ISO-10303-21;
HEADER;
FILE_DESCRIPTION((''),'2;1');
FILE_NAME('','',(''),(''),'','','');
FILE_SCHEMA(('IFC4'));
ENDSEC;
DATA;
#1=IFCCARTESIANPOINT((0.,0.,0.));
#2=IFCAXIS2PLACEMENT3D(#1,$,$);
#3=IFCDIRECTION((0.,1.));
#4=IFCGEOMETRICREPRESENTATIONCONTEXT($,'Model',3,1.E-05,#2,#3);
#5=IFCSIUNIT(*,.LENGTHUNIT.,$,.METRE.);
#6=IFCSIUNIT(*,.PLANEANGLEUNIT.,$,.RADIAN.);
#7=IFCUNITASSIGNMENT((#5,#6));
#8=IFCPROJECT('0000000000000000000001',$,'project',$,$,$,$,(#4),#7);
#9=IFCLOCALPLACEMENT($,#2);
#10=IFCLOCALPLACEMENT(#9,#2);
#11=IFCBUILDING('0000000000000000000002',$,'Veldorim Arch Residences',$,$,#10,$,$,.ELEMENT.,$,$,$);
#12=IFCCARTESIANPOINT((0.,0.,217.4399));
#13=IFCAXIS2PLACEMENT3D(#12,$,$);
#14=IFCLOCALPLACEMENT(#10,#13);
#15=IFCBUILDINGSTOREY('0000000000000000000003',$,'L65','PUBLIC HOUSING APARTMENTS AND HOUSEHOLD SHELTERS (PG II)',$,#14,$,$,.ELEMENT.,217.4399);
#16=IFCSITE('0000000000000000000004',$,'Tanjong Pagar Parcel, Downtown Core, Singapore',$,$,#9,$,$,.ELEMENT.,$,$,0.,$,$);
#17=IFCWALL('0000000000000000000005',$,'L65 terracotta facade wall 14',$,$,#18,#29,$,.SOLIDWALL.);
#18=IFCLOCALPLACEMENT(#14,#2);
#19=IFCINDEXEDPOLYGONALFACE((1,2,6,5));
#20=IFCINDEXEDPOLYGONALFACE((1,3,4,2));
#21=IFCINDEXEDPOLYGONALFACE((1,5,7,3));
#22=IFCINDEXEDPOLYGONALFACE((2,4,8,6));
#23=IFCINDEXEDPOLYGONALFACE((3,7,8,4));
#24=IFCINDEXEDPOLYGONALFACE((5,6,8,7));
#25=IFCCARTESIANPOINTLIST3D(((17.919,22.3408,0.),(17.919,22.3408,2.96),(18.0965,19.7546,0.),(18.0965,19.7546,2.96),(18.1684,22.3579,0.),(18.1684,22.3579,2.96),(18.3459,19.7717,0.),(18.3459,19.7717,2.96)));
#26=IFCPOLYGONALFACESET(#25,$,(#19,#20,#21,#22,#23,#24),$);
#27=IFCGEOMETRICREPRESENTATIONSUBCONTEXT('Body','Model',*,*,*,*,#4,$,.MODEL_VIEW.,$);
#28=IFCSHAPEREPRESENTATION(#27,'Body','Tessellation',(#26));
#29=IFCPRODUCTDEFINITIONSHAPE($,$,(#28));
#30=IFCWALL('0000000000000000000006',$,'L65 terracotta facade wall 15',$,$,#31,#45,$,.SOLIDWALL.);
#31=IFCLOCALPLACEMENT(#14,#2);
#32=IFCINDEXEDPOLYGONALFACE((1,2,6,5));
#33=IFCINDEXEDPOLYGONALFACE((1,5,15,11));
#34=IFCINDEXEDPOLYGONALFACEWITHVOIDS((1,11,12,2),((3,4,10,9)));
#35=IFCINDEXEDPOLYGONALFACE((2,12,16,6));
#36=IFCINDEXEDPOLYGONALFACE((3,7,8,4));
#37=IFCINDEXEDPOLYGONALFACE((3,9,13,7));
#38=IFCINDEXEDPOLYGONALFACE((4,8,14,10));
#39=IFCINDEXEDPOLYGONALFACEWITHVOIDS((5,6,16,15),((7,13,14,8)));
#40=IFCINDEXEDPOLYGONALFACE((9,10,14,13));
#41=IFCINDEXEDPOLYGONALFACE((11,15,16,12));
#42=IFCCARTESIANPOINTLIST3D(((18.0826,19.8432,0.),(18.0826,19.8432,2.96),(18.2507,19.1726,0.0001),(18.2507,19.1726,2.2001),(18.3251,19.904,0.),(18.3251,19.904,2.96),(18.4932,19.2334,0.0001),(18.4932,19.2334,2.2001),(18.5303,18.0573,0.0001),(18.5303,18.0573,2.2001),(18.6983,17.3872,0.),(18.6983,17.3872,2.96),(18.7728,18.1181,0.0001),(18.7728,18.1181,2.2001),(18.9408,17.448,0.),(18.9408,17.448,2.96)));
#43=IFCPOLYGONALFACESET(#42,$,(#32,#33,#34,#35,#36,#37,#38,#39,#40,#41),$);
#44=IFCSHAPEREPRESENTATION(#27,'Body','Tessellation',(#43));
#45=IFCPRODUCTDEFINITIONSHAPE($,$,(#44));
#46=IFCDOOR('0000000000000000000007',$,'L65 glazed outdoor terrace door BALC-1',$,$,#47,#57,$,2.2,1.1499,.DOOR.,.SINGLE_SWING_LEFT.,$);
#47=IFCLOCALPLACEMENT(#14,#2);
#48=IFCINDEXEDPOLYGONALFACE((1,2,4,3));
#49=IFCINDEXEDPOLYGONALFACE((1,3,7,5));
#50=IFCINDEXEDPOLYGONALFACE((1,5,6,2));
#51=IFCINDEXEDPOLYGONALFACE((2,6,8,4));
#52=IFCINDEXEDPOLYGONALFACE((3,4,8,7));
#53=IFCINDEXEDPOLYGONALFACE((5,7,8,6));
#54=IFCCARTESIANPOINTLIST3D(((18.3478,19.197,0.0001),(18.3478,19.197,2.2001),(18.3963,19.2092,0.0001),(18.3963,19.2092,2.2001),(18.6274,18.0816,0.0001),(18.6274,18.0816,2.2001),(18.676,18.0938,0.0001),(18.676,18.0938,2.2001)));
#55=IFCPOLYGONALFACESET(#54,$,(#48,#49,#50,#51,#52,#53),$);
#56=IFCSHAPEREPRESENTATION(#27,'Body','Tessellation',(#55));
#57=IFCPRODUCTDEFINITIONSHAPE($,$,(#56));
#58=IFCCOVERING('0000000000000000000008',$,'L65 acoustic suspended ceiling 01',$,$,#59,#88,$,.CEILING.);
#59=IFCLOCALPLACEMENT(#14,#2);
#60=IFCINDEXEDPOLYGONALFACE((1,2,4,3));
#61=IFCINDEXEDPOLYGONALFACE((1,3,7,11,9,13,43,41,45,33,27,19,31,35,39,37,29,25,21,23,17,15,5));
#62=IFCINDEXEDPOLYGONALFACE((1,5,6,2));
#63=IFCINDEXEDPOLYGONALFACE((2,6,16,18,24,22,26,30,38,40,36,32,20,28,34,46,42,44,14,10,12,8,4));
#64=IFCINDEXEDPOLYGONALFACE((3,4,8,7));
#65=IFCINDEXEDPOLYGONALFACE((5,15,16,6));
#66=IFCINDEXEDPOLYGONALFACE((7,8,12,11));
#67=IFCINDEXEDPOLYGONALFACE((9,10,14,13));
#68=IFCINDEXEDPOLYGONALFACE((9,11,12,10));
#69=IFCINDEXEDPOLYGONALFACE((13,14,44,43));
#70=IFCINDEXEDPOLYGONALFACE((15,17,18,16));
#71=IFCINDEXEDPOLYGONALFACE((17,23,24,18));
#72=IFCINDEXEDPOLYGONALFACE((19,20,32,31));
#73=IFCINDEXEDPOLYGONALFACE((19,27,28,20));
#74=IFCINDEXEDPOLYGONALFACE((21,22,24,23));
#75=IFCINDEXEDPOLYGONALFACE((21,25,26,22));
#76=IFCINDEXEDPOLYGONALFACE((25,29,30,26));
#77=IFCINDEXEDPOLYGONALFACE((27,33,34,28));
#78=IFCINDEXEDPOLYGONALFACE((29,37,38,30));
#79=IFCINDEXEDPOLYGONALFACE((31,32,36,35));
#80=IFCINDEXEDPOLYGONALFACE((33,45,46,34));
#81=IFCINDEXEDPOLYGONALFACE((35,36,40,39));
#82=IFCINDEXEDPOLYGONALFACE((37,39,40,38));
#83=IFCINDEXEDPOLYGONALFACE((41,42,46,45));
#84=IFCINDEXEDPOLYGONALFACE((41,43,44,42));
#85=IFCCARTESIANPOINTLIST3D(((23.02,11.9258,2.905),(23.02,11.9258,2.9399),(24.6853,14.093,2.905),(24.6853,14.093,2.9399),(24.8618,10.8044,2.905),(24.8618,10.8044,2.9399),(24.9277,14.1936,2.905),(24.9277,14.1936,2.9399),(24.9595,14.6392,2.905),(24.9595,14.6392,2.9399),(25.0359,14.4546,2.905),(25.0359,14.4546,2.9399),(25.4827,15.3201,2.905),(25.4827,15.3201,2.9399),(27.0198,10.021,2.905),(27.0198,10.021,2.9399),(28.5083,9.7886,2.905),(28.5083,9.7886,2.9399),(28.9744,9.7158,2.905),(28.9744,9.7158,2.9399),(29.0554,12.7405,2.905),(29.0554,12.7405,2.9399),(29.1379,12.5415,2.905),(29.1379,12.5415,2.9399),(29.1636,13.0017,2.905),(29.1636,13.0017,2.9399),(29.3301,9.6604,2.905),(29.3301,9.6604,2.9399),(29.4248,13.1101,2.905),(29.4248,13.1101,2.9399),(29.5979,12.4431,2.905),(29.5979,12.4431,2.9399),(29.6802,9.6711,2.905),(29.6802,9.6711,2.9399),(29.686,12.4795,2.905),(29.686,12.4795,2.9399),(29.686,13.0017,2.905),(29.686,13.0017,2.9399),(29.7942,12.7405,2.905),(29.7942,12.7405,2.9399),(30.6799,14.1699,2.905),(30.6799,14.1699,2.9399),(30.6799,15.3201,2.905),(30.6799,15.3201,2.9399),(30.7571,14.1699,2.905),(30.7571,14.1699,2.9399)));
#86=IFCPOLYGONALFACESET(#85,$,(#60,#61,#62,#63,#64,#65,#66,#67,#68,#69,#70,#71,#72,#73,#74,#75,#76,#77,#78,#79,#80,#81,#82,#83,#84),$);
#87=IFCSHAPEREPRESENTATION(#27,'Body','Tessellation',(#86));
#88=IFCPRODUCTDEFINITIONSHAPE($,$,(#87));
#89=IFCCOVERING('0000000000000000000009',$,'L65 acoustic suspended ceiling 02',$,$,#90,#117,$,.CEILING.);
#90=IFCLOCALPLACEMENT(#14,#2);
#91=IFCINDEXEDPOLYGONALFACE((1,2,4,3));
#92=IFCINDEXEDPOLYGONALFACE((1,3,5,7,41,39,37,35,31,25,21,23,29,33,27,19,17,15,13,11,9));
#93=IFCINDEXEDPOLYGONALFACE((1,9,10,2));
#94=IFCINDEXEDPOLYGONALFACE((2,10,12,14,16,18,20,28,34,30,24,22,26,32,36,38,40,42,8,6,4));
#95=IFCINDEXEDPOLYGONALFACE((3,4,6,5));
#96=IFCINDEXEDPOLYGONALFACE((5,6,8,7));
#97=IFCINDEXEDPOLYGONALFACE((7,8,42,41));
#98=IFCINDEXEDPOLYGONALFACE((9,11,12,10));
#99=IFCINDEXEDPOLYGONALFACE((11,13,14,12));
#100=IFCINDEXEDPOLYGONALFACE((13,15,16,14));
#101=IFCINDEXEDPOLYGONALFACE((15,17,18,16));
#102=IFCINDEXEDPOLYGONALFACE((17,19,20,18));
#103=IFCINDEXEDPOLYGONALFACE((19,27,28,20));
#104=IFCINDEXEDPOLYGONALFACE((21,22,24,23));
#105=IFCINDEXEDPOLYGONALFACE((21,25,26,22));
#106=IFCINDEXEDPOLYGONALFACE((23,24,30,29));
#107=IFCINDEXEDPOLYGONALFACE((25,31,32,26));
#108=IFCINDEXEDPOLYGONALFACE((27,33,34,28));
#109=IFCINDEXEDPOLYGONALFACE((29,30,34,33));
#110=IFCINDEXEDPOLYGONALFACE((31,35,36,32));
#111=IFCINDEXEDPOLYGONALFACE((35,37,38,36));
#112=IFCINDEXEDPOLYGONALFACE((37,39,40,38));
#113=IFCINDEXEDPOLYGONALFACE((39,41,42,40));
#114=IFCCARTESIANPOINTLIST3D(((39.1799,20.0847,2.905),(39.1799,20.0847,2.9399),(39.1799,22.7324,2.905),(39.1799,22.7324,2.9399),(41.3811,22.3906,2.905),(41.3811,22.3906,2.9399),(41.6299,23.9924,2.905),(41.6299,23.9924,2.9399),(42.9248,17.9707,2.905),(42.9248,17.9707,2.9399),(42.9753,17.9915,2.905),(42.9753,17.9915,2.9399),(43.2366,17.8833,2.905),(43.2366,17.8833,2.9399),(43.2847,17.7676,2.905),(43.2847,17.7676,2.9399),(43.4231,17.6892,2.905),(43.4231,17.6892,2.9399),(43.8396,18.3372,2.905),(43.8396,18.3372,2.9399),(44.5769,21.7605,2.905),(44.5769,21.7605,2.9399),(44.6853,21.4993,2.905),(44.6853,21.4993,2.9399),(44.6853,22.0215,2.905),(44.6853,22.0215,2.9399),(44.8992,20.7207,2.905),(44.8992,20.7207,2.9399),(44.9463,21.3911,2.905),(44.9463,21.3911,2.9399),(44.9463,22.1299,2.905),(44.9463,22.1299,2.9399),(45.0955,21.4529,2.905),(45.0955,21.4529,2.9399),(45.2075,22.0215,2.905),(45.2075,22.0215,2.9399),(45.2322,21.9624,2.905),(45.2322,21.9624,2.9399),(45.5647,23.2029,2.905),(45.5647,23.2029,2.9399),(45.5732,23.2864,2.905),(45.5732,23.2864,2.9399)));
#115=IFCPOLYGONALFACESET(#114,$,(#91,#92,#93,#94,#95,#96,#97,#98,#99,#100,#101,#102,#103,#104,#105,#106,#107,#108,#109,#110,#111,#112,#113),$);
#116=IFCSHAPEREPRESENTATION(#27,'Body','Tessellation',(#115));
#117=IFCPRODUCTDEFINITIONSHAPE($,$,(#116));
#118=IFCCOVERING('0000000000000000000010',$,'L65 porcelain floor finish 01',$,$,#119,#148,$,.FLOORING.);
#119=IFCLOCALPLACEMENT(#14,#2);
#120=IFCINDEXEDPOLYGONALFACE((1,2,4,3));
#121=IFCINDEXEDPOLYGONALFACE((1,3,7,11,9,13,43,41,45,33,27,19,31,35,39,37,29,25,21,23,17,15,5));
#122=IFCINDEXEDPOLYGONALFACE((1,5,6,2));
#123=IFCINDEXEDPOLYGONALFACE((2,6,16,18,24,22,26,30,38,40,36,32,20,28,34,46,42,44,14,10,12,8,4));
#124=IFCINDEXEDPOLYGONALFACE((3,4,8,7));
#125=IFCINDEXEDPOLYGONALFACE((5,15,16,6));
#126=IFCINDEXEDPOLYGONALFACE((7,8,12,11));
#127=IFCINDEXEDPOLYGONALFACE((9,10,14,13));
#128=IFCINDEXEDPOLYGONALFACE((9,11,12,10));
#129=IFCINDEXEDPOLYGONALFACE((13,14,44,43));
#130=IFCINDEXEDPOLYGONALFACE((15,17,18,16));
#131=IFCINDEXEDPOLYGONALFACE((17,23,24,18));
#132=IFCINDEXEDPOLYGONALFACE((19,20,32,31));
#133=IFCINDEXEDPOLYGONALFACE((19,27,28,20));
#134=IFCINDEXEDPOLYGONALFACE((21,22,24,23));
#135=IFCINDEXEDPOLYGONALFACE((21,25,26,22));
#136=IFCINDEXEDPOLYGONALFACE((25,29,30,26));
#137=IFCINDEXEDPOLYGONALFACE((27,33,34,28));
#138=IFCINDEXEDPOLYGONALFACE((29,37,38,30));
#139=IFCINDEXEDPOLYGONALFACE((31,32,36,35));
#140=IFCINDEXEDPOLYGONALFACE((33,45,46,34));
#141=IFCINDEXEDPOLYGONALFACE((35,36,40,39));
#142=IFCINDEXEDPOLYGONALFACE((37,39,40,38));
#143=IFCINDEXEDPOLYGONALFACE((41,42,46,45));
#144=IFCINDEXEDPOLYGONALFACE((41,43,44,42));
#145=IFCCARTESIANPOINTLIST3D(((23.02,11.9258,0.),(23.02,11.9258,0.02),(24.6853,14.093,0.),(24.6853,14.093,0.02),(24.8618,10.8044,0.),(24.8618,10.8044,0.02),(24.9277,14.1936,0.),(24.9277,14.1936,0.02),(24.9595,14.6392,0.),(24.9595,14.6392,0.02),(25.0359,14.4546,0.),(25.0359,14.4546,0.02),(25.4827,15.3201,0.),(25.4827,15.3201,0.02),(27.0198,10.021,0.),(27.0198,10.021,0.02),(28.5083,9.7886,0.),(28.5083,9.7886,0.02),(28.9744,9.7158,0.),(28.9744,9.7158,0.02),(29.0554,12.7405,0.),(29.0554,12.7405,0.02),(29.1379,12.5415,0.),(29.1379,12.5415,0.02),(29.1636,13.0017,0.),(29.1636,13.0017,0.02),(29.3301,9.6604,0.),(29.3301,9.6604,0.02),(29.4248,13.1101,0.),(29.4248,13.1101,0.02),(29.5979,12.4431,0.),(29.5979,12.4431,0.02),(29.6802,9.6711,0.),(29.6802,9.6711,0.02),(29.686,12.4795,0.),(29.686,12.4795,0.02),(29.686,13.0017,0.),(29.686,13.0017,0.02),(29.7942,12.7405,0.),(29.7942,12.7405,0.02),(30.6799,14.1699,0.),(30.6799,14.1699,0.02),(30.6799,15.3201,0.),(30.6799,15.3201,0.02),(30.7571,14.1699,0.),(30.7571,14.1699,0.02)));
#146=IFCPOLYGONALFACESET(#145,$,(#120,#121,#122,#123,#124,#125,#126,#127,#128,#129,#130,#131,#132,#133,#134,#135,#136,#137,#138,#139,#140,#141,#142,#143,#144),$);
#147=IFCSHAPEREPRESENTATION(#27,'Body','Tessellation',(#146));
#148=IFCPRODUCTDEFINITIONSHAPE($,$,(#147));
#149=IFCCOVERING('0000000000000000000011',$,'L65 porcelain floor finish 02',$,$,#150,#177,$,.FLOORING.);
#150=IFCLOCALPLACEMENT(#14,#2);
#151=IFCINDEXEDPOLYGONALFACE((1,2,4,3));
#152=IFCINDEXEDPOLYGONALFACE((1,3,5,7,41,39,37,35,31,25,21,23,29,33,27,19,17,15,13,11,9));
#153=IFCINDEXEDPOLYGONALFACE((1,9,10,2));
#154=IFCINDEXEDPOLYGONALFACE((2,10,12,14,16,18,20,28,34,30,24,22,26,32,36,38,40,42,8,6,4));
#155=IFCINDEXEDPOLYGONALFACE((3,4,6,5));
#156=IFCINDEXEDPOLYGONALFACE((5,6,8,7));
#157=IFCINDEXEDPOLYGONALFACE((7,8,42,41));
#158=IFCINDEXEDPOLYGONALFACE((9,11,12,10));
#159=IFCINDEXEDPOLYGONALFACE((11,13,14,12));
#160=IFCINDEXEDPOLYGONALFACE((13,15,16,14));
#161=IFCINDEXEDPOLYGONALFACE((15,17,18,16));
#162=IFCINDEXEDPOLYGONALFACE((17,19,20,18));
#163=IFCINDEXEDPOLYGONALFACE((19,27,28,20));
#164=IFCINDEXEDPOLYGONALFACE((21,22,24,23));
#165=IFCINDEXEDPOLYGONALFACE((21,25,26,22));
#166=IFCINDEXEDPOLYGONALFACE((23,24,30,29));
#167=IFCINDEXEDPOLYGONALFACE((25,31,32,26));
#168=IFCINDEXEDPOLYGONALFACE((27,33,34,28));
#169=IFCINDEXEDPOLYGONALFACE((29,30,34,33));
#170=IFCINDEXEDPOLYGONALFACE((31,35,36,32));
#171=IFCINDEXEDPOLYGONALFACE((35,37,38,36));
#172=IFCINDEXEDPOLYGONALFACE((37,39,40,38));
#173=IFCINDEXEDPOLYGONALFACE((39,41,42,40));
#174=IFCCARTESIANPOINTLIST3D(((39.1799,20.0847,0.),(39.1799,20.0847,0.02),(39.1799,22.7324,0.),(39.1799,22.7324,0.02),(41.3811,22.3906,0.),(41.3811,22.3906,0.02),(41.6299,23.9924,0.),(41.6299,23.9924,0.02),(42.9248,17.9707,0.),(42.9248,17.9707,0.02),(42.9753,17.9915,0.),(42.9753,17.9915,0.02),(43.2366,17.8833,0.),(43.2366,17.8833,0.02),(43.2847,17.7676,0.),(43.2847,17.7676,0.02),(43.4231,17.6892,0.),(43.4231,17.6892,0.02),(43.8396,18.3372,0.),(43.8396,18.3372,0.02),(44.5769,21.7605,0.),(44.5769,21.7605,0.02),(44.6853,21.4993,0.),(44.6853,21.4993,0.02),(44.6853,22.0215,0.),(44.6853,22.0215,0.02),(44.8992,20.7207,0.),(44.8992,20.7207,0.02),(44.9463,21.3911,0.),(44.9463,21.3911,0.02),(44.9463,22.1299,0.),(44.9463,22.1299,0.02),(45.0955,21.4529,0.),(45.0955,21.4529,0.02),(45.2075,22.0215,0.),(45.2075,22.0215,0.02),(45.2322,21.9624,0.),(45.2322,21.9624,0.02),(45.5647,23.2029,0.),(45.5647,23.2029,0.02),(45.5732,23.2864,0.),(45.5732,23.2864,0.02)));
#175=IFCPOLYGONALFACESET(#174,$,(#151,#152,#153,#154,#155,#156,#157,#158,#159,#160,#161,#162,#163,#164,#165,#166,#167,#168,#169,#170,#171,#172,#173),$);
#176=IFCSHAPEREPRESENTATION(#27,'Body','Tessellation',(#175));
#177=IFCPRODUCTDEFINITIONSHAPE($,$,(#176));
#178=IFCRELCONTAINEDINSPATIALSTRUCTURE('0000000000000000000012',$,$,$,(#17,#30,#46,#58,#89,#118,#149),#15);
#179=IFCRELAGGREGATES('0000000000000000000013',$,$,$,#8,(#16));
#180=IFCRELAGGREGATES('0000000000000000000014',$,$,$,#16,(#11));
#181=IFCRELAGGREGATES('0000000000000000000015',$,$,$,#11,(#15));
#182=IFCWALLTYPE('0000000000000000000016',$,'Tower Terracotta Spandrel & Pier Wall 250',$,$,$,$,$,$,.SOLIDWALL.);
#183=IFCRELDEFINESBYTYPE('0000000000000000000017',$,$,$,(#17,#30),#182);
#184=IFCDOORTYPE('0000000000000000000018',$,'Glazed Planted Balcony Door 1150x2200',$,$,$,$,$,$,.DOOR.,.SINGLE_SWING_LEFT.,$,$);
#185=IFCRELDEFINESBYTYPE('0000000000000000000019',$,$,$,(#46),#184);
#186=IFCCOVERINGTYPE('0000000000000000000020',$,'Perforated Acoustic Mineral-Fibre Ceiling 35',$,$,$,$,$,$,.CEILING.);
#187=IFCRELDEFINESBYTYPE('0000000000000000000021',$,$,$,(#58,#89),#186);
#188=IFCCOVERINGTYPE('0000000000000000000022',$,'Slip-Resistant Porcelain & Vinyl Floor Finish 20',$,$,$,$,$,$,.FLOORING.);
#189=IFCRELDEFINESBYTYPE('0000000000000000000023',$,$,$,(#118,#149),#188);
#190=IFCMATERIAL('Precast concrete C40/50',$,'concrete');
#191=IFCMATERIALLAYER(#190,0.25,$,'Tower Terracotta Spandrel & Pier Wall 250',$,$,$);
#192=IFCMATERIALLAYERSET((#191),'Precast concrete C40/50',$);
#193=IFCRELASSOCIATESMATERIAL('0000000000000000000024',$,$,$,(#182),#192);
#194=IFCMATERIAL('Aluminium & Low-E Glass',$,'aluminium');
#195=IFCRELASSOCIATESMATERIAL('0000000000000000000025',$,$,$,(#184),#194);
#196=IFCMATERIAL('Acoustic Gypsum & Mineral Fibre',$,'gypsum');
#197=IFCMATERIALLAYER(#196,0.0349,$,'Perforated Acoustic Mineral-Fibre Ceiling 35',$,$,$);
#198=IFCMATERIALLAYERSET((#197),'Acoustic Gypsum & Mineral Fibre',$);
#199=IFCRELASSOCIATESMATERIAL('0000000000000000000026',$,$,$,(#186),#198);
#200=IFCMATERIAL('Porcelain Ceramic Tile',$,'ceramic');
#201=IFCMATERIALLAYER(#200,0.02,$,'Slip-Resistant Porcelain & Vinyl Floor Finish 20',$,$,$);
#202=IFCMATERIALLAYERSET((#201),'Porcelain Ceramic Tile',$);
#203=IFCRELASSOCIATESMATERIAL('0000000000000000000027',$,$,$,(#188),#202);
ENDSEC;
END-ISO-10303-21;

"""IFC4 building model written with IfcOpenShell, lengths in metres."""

from ifc_helpers import new_model, si_unit, direction, frame, frame_2d, origin, place, context, subcontext, project, spatial, polyline, rectangle, outline, extrude, material, layer, layer_set, type_object, element, fill, save


model = new_model("IFC4")

# Units and contexts
model_context = context("Model", 3, precision=1e-05, world=origin(), true_north=direction((0.0, 1.0)))
body_context = subcontext(model_context, "Body", "Model", "MODEL_VIEW")
ifc_project = project(units=[si_unit("LENGTHUNIT", "METRE"), si_unit("PLANEANGLEUNIT", "RADIAN")], contexts=[model_context])

# Site, building, storey
site_placement = place(None, origin())
site = spatial("IfcSite", under=ifc_project, at=site_placement, Name="Tanjong Pagar Parcel, Downtown Core, Singapore", CompositionType="ELEMENT", RefElevation=0.0)
building_placement = place(site_placement, origin())
building = spatial("IfcBuilding", under=site, at=building_placement, Name="Veldorim Arch Residences", CompositionType="ELEMENT")
storey_placement = place(building_placement, frame((0.0, 0.0, 217.4399)))
storey = spatial("IfcBuildingStorey", under=building, at=storey_placement, Name="L65", Description="PUBLIC HOUSING APARTMENTS AND HOUSEHOLD SHELTERS (PG II)", CompositionType="ELEMENT", Elevation=217.4399)

# Wall
ifc_material_1 = material(Name="Precast concrete C40/50", Category="concrete")
ifc_layer_1 = layer(ifc_material_1, 0.25, Name="Tower Terracotta Spandrel & Pier Wall 250")
ifc_layer_set_1 = layer_set([ifc_layer_1], Name="Precast concrete C40/50")
wall_type = type_object("IfcWallType", Name="Tower Terracotta Spandrel & Pier Wall 250", PredefinedType="SOLIDWALL", material=ifc_layer_set_1)
wall_1_placement = place(storey_placement, frame((18.2212, 19.7632, 0.0), z_axis=(0.0, 0.0, 1.0), x_axis=(-0.068469, 0.997653, 0.0)))
element("IfcWall", 1, at=wall_1_placement, inside=storey, type_object=wall_type, Name="L65 terracotta facade wall 14", PredefinedType="SOLIDWALL", context=body_context, shape_type="SweptSolid", body=[
    extrude(rectangle(XDim=2.5923, YDim=0.25, at=frame_2d((1.2961, 0.0))), origin(), (0.0, 0.0, 1.0), 2.96),
])

# Wall, opening, door
wall_2_placement = place(storey_placement, frame((18.8196, 17.4175, 0.0), z_axis=(0.0, 0.0, 1.0), x_axis=(-0.243171, 0.969983, 0.0)))
wall_2 = element("IfcWall", 2, at=wall_2_placement, inside=storey, type_object=wall_type, Name="L65 terracotta facade wall 15", PredefinedType="SOLIDWALL", context=body_context, shape_type="SweptSolid", body=[
    extrude(rectangle(XDim=2.532, YDim=0.25, at=frame_2d((1.2661, 0.0))), origin(), (0.0, 0.0, 1.0), 2.96),
])
opening_placement = place(wall_2_placement, frame((0.6909, 0.0, 0.0)))
opening = element("IfcOpeningElement", 3, at=opening_placement, cuts=wall_2, PredefinedType="OPENING", context=body_context, shape_type="SweptSolid", body=[
    extrude(rectangle(XDim=1.1499, YDim=2.2, at=frame_2d((0.575, 1.1001))), frame((0.0, 0.135, 0.0), z_axis=(0.0, -1.0, 0.0), x_axis=(1.0, 0.0, 0.0)), (0.0, 0.0, 1.0), 0.27),
])
ifc_material_2 = material(Name="Aluminium & Low-E Glass", Category="aluminium")
door_type = type_object("IfcDoorType", Name="Glazed Planted Balcony Door 1150x2200", OperationType="SINGLE_SWING_LEFT", PredefinedType="DOOR", material=ifc_material_2)
door_placement = place(opening_placement, origin())
door = element("IfcDoor", 4, at=door_placement, inside=storey, type_object=door_type, Name="L65 glazed outdoor terrace door BALC-1", OperationType="SINGLE_SWING_LEFT", OverallHeight=2.2, OverallWidth=1.1499, PredefinedType="DOOR", context=body_context, shape_type="SweptSolid", body=[
    extrude(rectangle(XDim=1.1499, YDim=2.2, at=frame_2d((0.575, 1.1001))), frame((0.0, 0.0249, 0.0), z_axis=(0.0, -1.0, 0.0), x_axis=(1.0, 0.0, 0.0)), (0.0, 0.0, 1.0), 0.05),
])
fill(opening, door)

# Coverings
ifc_material_3 = material(Name="Acoustic Gypsum & Mineral Fibre", Category="gypsum")
ifc_layer_2 = layer(ifc_material_3, 0.0349, Name="Perforated Acoustic Mineral-Fibre Ceiling 35")
ifc_layer_set_2 = layer_set([ifc_layer_2], Name="Acoustic Gypsum & Mineral Fibre")
covering_type_1 = type_object("IfcCoveringType", Name="Perforated Acoustic Mineral-Fibre Ceiling 35", PredefinedType="CEILING", material=ifc_layer_set_2)
covering_1_placement = place(storey_placement, frame((0.0, 0.0, 2.905)))
element("IfcCovering", 5, at=covering_1_placement, inside=storey, type_object=covering_type_1, Name="L65 acoustic suspended ceiling 01", PredefinedType="CEILING", context=body_context, shape_type="SweptSolid", body=[
    extrude(outline(polyline([(24.6853, 14.093), (24.9277, 14.1936), (25.0359, 14.4546), (24.9595, 14.6392), (25.4827, 15.3201), (30.6799, 15.3201), (30.6799, 14.1699), (30.7571, 14.1699), (29.6802, 9.6711), (29.3301, 9.6604), (28.9744, 9.7158), (29.5979, 12.4431), (29.686, 12.4795), (29.7942, 12.7405), (29.686, 13.0017), (29.4248, 13.1101), (29.1636, 13.0017), (29.0554, 12.7405), (29.1379, 12.5415), (28.5083, 9.7886), (27.0198, 10.021), (24.8618, 10.8044), (23.02, 11.9258), (24.6853, 14.093)])), origin(), (0.0, 0.0, 1.0), 0.0349),
])
covering_2_placement = place(storey_placement, frame((0.0, 0.0, 2.905)))
element("IfcCovering", 6, at=covering_2_placement, inside=storey, type_object=covering_type_1, Name="L65 acoustic suspended ceiling 02", PredefinedType="CEILING", context=body_context, shape_type="SweptSolid", body=[
    extrude(outline(polyline([(44.8992, 20.7207), (43.8396, 18.3372), (43.4231, 17.6892), (43.2847, 17.7676), (43.2366, 17.8833), (42.9753, 17.9915), (42.9248, 17.9707), (39.1799, 20.0847), (39.1799, 22.7324), (41.3811, 22.3906), (41.6299, 23.9924), (45.5732, 23.2864), (45.5647, 23.2029), (45.2322, 21.9624), (45.2075, 22.0215), (44.9463, 22.1299), (44.6853, 22.0215), (44.5769, 21.7605), (44.6853, 21.4993), (44.9463, 21.3911), (45.0955, 21.4529), (44.8992, 20.7207)])), origin(), (0.0, 0.0, 1.0), 0.0349),
])
ifc_material_4 = material(Name="Porcelain Ceramic Tile", Category="ceramic")
ifc_layer_3 = layer(ifc_material_4, 0.02, Name="Slip-Resistant Porcelain & Vinyl Floor Finish 20")
ifc_layer_set_3 = layer_set([ifc_layer_3], Name="Porcelain Ceramic Tile")
covering_type_2 = type_object("IfcCoveringType", Name="Slip-Resistant Porcelain & Vinyl Floor Finish 20", PredefinedType="FLOORING", material=ifc_layer_set_3)
covering_3_placement = place(storey_placement, origin())
element("IfcCovering", 7, at=covering_3_placement, inside=storey, type_object=covering_type_2, Name="L65 porcelain floor finish 01", PredefinedType="FLOORING", context=body_context, shape_type="SweptSolid", body=[
    extrude(outline(polyline([(24.6853, 14.093), (24.9277, 14.1936), (25.0359, 14.4546), (24.9595, 14.6392), (25.4827, 15.3201), (30.6799, 15.3201), (30.6799, 14.1699), (30.7571, 14.1699), (29.6802, 9.6711), (29.3301, 9.6604), (28.9744, 9.7158), (29.5979, 12.4431), (29.686, 12.4795), (29.7942, 12.7405), (29.686, 13.0017), (29.4248, 13.1101), (29.1636, 13.0017), (29.0554, 12.7405), (29.1379, 12.5415), (28.5083, 9.7886), (27.0198, 10.021), (24.8618, 10.8044), (23.02, 11.9258), (24.6853, 14.093)])), origin(), (0.0, 0.0, 1.0), 0.02),
])
covering_4_placement = place(storey_placement, origin())
element("IfcCovering", 8, at=covering_4_placement, inside=storey, type_object=covering_type_2, Name="L65 porcelain floor finish 02", PredefinedType="FLOORING", context=body_context, shape_type="SweptSolid", body=[
    extrude(outline(polyline([(44.8992, 20.7207), (43.8396, 18.3372), (43.4231, 17.6892), (43.2847, 17.7676), (43.2366, 17.8833), (42.9753, 17.9915), (42.9248, 17.9707), (39.1799, 20.0847), (39.1799, 22.7324), (41.3811, 22.3906), (41.6299, 23.9924), (45.5732, 23.2864), (45.5647, 23.2029), (45.2322, 21.9624), (45.2075, 22.0215), (44.9463, 22.1299), (44.6853, 22.0215), (44.5769, 21.7605), (44.6853, 21.4993), (44.9463, 21.3911), (45.0955, 21.4529), (44.8992, 20.7207)])), origin(), (0.0, 0.0, 1.0), 0.02),
])

save(model, "model.ifc")
